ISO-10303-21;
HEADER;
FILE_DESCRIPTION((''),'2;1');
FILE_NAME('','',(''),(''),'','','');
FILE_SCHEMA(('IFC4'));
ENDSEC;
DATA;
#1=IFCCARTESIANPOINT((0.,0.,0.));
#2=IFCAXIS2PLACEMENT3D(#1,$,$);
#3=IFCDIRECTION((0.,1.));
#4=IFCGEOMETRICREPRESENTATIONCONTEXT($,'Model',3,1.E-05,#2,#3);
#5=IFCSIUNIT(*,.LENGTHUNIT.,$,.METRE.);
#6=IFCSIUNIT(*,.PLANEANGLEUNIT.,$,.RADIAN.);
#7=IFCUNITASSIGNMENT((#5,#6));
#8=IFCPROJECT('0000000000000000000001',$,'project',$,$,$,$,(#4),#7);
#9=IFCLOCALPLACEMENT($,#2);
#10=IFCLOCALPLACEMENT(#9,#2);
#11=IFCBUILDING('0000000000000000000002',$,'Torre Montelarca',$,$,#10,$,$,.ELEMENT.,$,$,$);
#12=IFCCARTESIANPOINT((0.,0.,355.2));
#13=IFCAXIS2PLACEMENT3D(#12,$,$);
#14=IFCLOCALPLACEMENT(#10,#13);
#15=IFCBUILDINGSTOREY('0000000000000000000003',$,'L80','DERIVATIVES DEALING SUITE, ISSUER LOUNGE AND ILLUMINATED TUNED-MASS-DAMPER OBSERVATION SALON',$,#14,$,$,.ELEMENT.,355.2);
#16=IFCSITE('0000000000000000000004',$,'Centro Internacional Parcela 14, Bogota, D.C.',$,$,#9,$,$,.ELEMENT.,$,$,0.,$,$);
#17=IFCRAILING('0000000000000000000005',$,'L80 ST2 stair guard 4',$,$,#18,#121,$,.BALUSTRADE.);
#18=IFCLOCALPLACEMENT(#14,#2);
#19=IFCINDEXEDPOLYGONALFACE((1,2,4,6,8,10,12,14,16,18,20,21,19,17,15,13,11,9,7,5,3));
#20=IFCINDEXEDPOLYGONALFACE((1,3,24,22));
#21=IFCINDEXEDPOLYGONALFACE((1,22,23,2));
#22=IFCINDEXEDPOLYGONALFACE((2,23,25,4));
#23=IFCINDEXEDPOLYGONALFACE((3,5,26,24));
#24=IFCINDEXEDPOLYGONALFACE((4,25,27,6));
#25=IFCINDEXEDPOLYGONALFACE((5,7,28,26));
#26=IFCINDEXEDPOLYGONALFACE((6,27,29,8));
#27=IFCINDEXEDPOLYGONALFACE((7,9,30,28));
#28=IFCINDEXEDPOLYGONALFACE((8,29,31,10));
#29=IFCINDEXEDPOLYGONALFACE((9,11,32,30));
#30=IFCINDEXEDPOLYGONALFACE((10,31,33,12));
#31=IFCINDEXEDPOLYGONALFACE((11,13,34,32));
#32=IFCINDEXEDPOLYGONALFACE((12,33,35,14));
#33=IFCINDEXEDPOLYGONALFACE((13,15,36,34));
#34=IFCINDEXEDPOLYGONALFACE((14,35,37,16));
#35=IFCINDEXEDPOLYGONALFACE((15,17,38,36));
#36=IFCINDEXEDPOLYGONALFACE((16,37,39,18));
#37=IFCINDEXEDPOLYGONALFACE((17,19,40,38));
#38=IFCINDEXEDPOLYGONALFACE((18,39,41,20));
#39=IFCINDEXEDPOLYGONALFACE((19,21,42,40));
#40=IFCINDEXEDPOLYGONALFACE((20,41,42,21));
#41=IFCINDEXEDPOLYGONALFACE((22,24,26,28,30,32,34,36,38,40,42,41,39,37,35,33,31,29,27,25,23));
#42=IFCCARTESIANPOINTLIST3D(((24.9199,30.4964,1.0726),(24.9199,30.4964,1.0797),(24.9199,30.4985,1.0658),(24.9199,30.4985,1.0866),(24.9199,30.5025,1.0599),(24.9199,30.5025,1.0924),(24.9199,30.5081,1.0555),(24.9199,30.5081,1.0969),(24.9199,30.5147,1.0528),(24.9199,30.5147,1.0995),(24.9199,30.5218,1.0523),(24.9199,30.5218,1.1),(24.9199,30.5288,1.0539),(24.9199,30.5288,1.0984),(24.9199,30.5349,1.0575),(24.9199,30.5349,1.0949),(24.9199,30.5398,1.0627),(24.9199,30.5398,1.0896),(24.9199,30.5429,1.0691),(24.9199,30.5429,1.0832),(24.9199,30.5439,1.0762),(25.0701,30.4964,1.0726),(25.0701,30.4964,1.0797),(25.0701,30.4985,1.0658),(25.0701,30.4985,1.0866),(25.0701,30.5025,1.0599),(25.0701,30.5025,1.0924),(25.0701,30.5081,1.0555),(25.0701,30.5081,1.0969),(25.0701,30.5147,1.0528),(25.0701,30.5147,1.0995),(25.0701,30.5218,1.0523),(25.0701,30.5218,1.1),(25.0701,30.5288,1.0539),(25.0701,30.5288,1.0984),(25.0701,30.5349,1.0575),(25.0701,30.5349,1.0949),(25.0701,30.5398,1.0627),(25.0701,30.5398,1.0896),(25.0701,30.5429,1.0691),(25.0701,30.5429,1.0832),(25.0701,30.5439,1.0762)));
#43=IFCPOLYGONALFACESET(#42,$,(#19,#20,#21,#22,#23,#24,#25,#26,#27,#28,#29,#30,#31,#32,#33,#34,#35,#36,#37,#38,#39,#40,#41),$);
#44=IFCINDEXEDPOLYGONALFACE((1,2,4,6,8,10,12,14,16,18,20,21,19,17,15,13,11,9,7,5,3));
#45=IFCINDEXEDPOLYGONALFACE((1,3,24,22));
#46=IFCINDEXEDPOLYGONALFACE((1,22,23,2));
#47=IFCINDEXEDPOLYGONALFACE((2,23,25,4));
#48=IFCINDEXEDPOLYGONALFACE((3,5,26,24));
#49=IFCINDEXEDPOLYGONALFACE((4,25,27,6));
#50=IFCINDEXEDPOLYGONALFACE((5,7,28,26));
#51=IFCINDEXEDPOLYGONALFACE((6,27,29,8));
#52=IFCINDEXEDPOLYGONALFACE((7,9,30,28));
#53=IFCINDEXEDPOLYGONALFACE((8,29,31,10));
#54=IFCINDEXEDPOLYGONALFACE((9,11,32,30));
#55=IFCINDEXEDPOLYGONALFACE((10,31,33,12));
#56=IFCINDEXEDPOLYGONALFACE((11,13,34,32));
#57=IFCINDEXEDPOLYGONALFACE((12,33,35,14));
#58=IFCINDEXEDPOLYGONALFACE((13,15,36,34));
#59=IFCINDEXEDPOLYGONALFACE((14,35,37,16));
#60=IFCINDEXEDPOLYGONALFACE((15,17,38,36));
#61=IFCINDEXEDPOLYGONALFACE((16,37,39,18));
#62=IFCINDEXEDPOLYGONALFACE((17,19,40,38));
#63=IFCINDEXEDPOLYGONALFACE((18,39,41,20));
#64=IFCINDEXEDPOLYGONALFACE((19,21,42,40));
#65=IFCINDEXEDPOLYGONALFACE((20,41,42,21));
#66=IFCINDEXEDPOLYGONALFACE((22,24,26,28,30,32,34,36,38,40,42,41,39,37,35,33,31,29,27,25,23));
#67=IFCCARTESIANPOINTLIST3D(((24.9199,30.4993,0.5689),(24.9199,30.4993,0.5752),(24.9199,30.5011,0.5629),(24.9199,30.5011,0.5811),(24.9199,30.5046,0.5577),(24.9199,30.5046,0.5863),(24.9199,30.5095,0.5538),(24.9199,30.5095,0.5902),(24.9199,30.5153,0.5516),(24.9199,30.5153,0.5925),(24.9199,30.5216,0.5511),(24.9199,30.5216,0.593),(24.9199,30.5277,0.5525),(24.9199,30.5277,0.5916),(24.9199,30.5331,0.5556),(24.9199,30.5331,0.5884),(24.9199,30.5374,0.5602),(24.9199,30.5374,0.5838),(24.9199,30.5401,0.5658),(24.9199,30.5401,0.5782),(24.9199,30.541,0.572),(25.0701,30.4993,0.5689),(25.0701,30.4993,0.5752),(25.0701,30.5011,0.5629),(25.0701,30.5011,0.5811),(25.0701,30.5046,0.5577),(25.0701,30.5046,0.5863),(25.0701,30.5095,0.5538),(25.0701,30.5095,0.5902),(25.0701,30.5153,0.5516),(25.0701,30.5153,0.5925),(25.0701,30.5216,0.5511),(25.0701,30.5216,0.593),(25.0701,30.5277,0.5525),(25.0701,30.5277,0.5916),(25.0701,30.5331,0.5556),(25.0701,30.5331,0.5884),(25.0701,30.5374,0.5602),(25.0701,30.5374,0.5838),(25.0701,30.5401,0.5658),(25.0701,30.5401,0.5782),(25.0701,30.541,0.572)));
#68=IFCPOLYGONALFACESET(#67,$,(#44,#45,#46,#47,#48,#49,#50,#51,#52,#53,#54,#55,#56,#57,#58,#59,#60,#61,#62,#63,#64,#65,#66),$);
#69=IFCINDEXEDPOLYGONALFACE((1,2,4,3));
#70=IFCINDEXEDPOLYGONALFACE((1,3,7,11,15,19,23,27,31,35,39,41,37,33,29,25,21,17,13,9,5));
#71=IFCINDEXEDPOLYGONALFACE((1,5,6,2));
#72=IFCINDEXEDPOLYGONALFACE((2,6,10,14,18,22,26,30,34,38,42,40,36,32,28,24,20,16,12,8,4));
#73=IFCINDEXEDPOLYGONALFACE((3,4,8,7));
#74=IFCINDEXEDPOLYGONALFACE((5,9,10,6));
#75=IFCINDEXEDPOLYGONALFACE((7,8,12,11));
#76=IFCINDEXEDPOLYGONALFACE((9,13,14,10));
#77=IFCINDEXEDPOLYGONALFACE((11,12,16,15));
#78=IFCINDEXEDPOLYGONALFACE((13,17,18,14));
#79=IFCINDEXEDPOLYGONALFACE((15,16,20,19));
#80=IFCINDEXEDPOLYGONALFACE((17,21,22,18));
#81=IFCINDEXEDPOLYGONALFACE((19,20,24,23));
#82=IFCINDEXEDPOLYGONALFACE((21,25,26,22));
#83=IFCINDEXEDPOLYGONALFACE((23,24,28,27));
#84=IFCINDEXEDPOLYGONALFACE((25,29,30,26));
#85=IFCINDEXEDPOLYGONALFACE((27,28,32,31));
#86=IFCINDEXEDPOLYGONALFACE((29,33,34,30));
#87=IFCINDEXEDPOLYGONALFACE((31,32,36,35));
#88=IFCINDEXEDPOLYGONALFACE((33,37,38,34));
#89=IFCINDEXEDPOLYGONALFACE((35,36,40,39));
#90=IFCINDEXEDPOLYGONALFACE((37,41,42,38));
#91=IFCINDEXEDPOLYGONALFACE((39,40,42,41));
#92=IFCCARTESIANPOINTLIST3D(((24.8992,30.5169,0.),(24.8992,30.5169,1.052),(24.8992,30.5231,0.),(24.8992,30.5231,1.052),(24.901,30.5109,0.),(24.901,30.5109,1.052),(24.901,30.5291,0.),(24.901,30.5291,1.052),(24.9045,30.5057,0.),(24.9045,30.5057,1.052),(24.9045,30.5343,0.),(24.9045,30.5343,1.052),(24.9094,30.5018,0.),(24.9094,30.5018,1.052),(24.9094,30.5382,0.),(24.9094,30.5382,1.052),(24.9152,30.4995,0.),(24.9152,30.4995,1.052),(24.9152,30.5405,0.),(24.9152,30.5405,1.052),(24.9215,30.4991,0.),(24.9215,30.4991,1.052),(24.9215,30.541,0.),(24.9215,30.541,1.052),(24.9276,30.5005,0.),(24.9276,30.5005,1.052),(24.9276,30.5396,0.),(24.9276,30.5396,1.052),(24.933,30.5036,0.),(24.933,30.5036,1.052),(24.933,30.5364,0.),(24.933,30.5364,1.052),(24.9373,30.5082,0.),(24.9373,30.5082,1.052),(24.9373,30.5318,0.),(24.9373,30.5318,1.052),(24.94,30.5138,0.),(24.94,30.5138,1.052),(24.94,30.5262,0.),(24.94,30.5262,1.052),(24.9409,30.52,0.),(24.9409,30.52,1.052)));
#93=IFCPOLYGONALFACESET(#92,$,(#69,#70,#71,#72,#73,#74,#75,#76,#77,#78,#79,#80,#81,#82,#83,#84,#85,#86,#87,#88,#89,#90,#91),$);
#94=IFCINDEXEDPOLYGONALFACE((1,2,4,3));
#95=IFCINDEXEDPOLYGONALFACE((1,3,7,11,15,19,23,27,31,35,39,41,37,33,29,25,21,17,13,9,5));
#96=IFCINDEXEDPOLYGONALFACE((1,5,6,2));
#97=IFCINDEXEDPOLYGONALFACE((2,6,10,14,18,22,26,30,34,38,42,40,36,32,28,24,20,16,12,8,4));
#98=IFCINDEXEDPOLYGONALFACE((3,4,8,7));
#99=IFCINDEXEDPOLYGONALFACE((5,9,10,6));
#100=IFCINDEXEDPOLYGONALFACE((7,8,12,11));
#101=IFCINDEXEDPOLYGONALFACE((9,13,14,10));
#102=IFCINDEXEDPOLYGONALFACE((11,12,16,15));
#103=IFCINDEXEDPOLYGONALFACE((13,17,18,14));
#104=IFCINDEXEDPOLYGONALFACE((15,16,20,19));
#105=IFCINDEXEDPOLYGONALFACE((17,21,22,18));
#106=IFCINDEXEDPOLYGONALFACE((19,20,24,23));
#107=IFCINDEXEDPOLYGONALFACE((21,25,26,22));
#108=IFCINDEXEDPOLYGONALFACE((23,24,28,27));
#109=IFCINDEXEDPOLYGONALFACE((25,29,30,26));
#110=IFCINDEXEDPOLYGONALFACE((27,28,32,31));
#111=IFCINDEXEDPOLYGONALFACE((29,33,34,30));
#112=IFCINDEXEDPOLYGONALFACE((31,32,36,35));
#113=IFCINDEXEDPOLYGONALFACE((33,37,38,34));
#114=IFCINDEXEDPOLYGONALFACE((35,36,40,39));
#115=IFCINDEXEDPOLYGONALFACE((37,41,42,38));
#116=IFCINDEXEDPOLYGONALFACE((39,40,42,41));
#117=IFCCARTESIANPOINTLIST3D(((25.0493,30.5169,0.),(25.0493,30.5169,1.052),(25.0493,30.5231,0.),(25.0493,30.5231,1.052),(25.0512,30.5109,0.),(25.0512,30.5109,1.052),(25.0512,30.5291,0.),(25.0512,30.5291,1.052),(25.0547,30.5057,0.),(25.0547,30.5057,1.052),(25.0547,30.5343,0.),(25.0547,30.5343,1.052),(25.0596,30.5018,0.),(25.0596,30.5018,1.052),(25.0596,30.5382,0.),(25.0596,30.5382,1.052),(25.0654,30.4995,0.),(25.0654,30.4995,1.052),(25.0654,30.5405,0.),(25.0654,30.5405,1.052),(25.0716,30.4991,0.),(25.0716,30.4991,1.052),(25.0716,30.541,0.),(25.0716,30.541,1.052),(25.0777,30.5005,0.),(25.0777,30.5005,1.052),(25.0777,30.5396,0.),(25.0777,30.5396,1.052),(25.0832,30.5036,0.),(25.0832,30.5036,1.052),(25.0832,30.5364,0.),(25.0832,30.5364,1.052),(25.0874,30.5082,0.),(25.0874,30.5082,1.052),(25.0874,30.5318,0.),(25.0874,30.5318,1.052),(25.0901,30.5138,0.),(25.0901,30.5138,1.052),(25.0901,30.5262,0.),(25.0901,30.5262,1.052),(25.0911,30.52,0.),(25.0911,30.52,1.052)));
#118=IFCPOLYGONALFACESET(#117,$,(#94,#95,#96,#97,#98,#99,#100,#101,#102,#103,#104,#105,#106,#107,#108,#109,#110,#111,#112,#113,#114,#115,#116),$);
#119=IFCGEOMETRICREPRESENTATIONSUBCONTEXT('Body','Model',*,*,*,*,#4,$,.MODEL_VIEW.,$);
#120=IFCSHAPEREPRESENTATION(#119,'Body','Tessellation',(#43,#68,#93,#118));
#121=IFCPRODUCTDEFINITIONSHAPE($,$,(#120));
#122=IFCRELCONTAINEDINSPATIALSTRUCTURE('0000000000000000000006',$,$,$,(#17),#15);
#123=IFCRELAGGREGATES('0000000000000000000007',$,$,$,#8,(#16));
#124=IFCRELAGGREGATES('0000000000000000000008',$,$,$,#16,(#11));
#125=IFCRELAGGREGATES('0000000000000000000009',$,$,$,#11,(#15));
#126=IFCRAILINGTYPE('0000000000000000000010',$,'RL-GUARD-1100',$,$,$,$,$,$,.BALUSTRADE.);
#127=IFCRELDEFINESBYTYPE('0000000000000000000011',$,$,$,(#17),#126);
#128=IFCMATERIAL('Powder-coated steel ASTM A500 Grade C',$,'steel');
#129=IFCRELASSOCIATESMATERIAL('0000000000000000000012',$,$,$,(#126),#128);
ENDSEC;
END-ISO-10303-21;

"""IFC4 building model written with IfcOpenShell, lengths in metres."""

from ifc_helpers import new_model, si_unit, direction, frame, origin, origin_2d, place, context, subcontext, project, spatial, circle, extrude, material, type_object, element, save


model = new_model("IFC4")

# Units and contexts
model_context = context("Model", 3, precision=1e-05, world=origin(), true_north=direction((0.0, 1.0)))
body_context = subcontext(model_context, "Body", "Model", "MODEL_VIEW")
ifc_project = project(units=[si_unit("LENGTHUNIT", "METRE"), si_unit("PLANEANGLEUNIT", "RADIAN")], contexts=[model_context])

# Site, building, storey
site_placement = place(None, origin())
site = spatial("IfcSite", under=ifc_project, at=site_placement, Name="Centro Internacional Parcela 14, Bogota, D.C.", CompositionType="ELEMENT", RefElevation=0.0)
building_placement = place(site_placement, origin())
building = spatial("IfcBuilding", under=site, at=building_placement, Name="Torre Montelarca", CompositionType="ELEMENT")
storey_placement = place(building_placement, frame((0.0, 0.0, 355.2)))
storey = spatial("IfcBuildingStorey", under=building, at=storey_placement, Name="L80", Description="DERIVATIVES DEALING SUITE, ISSUER LOUNGE AND ILLUMINATED TUNED-MASS-DAMPER OBSERVATION SALON", CompositionType="ELEMENT", Elevation=355.2)

# Railing
ifc_material_1 = material(Name="Powder-coated steel ASTM A500 Grade C", Category="steel")
railing_type_1 = type_object("IfcRailingType", Name="RL-GUARD-1100", PredefinedType="BALUSTRADE", material=ifc_material_1)
railing_1_placement = place(storey_placement, frame((24.9199, 30.52, 0.0)))
element("IfcRailing", 1, at=railing_1_placement, inside=storey, type_object=railing_type_1, Name="L80 ST2 stair guard 4", PredefinedType="BALUSTRADE", context=body_context, shape_type="SweptSolid", body=[
    extrude(circle(Radius=0.0239, at=origin_2d()), frame((0.0, 0.0, 1.0762), z_axis=(1.0, 0.0, 0.0), x_axis=(0.0, 1.0, 0.0)), (0.0, 0.0, 1.0), 0.1501),
    extrude(circle(Radius=0.021, at=origin_2d()), frame((0.0, 0.0, 0.572), z_axis=(1.0, 0.0, 0.0), x_axis=(0.0, 1.0, 0.0)), (0.0, 0.0, 1.0), 0.1501),
    extrude(circle(Radius=0.021, at=origin_2d()), origin(), (0.0, 0.0, 1.0), 1.052),
    extrude(circle(Radius=0.021, at=origin_2d()), frame((0.1501, 0.0, 0.0)), (0.0, 0.0, 1.0), 1.052),
])

save(model, "model.ifc")
